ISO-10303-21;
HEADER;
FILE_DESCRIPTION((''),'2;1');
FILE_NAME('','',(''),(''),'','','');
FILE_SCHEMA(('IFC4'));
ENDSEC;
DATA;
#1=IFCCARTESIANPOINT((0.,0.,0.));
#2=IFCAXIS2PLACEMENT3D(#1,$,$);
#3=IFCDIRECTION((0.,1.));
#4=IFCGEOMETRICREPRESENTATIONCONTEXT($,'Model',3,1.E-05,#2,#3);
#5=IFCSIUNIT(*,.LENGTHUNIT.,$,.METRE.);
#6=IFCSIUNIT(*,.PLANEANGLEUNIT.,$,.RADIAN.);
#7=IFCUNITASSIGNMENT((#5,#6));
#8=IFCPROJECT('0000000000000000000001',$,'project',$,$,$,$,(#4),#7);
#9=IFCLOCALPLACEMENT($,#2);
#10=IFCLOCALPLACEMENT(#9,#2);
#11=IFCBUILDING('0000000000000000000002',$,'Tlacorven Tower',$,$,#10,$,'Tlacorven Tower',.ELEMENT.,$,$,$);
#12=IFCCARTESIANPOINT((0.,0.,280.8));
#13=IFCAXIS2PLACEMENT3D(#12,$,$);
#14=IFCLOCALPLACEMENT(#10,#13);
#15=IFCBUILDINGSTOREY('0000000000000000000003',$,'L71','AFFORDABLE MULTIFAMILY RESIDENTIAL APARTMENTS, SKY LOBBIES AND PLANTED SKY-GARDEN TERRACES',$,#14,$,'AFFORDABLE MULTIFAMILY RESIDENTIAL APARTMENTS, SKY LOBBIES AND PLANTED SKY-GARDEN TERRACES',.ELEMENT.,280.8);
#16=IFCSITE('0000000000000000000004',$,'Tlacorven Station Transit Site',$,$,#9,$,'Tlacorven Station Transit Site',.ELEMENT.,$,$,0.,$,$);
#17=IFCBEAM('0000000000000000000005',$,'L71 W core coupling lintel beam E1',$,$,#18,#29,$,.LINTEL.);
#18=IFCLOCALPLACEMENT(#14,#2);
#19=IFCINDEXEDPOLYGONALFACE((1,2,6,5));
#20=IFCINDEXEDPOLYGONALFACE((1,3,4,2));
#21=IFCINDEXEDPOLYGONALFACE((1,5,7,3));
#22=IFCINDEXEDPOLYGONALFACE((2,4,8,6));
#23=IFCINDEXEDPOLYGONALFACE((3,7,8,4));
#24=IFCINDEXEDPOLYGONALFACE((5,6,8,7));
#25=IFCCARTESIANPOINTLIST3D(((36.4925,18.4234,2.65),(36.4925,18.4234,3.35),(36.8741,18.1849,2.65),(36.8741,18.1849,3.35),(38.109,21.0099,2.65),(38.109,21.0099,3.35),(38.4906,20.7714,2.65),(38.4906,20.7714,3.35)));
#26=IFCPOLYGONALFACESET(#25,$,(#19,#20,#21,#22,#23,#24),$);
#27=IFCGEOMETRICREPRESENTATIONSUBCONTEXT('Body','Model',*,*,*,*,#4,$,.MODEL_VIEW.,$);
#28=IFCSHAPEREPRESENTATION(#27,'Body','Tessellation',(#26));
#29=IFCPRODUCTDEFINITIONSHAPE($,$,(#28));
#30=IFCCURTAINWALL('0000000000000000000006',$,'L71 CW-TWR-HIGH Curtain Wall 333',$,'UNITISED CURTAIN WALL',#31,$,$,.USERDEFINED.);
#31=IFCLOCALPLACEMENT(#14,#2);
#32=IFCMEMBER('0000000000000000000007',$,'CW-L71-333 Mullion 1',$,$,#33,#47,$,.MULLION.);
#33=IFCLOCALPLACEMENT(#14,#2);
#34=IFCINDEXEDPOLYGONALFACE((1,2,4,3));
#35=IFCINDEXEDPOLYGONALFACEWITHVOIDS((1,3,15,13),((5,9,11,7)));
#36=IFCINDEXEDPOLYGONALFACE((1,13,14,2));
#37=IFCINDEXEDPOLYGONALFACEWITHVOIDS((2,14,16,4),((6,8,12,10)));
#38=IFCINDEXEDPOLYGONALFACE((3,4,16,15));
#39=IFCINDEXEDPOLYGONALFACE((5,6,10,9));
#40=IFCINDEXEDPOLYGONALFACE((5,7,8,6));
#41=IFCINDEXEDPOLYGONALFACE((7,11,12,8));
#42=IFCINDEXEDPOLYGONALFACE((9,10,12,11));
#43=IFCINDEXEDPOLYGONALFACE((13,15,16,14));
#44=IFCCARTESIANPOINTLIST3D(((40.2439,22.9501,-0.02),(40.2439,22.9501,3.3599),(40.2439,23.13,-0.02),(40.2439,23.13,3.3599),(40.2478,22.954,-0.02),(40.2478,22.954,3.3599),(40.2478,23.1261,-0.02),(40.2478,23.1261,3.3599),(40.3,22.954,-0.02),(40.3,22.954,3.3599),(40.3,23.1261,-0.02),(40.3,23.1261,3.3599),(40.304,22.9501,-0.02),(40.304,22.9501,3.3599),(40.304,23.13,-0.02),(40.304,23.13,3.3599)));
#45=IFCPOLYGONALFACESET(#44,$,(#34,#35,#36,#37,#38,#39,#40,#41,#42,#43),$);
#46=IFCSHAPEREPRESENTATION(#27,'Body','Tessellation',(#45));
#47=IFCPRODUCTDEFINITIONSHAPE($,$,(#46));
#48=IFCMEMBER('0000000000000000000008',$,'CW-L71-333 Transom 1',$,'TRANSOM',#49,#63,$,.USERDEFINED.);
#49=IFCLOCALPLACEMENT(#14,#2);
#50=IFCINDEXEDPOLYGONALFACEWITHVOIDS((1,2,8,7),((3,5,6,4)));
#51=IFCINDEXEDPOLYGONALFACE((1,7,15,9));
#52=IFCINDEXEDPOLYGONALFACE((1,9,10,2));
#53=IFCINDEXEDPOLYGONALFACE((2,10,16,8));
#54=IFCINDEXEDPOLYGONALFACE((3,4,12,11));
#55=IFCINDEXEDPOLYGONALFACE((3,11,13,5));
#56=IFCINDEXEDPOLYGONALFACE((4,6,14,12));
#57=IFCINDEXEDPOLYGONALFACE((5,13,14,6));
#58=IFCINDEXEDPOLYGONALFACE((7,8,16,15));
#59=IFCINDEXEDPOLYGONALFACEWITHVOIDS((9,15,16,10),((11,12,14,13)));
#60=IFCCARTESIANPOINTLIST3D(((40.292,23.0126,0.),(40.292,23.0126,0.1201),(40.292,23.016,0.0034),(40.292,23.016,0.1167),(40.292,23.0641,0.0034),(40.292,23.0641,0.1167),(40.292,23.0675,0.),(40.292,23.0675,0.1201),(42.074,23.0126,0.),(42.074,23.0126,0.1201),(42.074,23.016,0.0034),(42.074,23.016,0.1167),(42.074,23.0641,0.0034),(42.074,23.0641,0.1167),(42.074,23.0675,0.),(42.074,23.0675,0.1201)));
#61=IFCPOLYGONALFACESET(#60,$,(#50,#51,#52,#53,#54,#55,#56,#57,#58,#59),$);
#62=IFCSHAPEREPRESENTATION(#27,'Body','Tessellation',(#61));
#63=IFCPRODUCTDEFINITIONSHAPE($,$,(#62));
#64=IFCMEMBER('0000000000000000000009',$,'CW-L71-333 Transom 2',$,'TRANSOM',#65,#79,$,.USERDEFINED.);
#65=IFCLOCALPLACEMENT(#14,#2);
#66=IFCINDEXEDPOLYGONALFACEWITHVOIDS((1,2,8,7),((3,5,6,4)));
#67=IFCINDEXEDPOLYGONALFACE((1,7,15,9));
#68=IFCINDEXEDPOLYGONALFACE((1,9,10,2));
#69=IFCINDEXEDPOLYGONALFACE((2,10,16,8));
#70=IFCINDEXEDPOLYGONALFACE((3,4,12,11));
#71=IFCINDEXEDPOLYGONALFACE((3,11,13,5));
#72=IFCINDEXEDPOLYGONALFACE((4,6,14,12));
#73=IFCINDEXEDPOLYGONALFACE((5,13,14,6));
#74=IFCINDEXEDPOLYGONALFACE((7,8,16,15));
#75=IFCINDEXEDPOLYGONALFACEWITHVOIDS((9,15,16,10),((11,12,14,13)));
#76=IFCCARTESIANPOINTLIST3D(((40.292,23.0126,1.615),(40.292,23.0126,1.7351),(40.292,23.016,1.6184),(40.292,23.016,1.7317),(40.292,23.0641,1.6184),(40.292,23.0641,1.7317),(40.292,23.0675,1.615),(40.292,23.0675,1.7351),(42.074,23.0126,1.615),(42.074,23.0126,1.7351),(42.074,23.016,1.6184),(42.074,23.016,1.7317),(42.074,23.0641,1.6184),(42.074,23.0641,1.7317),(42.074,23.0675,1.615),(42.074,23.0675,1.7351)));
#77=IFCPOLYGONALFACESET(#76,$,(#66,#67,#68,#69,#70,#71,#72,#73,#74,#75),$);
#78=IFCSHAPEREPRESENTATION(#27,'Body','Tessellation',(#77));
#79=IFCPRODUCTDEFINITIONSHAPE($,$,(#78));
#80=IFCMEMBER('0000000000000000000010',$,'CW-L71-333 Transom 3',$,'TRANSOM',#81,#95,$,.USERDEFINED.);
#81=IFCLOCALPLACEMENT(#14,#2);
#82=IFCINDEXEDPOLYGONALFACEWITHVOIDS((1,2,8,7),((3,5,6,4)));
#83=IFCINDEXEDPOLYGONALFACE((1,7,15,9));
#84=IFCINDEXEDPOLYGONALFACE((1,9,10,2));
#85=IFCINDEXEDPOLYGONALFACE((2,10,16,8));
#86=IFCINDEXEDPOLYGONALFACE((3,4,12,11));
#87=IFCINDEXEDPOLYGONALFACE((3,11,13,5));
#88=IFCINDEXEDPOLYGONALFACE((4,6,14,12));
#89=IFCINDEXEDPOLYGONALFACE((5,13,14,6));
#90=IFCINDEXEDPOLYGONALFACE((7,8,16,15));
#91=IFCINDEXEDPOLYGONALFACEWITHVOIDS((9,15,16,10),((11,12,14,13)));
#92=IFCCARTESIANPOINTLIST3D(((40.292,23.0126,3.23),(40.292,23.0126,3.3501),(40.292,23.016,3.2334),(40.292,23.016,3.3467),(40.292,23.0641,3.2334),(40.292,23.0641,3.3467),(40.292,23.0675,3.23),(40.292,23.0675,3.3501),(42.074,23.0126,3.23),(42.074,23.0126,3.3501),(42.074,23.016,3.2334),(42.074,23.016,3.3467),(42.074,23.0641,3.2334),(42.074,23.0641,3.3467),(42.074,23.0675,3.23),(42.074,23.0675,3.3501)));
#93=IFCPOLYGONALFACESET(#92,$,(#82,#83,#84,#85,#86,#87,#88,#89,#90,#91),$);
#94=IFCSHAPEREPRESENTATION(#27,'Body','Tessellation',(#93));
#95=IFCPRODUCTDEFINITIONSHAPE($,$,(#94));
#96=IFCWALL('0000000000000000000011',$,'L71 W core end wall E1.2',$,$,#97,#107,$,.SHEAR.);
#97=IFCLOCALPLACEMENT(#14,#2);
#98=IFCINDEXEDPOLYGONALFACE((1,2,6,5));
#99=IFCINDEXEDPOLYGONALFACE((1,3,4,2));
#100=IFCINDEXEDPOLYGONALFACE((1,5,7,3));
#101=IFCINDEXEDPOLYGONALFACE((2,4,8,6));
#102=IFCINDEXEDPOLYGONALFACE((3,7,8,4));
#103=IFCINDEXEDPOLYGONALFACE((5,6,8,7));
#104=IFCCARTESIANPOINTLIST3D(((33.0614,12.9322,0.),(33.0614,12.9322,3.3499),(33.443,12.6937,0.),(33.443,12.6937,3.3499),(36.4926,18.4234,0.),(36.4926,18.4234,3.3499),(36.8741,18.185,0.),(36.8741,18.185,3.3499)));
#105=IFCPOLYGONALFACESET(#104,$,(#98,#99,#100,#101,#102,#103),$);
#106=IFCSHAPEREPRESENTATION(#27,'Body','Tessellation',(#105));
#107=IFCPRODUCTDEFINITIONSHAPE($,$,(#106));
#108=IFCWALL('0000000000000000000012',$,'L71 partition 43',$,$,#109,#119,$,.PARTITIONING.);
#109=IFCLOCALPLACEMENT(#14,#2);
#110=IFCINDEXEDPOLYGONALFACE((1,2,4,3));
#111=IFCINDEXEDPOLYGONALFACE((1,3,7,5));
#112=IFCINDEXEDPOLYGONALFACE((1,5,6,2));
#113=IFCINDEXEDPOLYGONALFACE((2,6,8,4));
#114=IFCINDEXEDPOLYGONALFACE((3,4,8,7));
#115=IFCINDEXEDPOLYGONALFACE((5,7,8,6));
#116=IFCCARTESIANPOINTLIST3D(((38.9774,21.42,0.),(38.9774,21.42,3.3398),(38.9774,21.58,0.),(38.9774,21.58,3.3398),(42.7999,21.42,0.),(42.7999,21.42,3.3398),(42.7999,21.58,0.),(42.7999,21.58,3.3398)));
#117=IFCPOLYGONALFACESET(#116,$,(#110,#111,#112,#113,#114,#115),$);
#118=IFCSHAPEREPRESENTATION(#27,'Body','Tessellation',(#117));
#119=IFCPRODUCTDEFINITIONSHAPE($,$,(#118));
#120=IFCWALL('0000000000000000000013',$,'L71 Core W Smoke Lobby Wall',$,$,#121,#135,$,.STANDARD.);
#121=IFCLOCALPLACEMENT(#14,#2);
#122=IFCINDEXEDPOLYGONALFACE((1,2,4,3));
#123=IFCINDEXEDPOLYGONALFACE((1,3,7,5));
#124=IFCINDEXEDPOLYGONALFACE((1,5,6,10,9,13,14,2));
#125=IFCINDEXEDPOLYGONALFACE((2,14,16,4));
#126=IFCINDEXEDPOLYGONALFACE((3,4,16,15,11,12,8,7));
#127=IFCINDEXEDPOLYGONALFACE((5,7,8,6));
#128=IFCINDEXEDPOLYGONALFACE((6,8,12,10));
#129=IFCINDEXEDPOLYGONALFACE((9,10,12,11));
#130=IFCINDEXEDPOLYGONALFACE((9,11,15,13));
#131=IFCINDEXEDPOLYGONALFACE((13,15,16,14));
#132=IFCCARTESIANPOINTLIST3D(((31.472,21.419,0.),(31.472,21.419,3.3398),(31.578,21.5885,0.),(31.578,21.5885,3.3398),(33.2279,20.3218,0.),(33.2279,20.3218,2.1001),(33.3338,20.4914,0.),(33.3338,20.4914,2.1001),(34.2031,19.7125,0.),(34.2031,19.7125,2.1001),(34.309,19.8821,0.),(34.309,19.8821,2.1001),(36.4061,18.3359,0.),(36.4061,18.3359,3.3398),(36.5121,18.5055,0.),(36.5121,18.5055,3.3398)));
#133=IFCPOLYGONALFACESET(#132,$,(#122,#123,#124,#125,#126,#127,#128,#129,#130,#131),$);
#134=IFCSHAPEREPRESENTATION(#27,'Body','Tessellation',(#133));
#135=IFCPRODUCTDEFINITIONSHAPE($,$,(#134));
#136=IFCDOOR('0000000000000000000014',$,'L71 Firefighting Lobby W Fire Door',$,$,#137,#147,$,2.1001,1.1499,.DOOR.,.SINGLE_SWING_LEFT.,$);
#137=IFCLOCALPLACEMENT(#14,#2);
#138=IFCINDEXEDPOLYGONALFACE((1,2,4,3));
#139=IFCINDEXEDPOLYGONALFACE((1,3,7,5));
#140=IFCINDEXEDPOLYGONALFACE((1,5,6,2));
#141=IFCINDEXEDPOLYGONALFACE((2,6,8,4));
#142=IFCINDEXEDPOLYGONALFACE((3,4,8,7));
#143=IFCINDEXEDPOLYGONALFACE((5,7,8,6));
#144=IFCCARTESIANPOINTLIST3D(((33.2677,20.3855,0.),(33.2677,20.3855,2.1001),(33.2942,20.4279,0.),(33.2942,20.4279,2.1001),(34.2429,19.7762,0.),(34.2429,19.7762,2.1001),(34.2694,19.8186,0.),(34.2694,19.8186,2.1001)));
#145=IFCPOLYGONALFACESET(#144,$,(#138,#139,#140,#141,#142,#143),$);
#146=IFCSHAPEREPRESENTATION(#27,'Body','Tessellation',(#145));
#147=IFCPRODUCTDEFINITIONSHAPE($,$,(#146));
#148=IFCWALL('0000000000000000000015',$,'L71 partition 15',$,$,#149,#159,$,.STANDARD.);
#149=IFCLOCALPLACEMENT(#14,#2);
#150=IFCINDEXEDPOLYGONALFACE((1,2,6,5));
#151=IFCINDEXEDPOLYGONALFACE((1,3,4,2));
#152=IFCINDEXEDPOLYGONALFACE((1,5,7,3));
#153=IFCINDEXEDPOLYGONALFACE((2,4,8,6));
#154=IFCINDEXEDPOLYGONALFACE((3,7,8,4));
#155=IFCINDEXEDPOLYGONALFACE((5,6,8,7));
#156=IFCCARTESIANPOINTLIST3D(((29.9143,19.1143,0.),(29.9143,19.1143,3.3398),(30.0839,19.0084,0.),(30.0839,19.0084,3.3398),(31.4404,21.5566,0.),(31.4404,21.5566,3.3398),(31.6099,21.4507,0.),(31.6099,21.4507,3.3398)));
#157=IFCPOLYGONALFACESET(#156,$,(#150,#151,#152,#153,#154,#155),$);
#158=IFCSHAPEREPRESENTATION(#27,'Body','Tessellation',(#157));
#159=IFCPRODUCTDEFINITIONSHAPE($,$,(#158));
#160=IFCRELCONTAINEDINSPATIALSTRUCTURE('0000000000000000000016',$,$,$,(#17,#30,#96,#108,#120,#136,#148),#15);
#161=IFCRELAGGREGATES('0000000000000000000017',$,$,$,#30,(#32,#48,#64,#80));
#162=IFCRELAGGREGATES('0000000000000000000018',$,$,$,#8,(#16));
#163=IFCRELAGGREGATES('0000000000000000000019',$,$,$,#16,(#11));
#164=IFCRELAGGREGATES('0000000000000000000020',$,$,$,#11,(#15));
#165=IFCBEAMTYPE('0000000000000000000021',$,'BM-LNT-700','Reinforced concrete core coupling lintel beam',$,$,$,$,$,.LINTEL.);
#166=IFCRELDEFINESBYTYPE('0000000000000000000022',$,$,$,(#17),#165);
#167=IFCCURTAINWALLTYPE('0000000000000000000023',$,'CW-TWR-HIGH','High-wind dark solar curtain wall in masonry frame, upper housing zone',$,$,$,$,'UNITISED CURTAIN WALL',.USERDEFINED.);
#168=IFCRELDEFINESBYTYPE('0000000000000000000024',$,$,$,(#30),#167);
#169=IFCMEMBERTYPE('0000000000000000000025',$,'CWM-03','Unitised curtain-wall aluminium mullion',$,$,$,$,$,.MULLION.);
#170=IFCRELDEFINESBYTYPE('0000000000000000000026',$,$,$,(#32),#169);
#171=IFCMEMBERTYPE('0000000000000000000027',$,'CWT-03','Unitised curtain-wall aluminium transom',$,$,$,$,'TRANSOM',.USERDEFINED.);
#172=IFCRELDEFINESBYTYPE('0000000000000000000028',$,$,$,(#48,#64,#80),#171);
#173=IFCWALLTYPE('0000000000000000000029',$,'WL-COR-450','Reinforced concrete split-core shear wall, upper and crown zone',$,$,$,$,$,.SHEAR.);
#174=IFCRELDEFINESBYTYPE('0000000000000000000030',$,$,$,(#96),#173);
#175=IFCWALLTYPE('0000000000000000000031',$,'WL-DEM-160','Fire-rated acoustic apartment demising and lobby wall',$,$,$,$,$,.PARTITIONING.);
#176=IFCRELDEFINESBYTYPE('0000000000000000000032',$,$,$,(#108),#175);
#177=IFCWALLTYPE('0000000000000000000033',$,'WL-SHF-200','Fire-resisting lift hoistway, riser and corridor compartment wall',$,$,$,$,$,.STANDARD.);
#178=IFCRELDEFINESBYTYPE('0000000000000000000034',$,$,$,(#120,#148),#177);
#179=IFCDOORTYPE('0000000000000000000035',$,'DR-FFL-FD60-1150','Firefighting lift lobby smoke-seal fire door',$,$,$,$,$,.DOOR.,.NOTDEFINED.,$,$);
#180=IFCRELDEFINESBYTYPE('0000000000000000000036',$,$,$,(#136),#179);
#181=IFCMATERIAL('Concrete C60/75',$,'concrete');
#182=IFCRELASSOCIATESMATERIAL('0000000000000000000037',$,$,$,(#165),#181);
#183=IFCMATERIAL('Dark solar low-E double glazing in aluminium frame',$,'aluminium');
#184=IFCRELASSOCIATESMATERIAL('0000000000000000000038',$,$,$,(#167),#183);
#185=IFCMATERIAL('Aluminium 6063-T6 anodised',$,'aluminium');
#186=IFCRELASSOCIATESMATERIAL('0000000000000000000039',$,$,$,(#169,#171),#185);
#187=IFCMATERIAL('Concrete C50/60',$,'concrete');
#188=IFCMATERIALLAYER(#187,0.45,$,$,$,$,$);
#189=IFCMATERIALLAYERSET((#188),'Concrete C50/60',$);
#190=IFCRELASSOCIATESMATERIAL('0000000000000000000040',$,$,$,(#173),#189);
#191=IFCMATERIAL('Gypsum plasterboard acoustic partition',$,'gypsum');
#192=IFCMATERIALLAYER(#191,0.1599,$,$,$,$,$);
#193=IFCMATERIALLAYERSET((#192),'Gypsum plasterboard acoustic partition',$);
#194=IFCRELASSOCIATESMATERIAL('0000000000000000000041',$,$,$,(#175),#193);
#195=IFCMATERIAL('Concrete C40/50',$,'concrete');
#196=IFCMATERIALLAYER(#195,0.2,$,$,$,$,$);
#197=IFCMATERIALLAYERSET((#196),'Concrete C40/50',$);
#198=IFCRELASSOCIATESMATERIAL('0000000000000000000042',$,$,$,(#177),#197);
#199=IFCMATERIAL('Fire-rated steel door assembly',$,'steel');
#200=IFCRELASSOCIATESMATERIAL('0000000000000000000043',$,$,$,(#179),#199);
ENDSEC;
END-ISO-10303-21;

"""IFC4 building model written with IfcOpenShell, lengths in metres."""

from ifc_helpers import new_model, si_unit, direction, frame, frame_2d, origin, origin_2d, place, context, subcontext, project, spatial, rectangle, hollow_rectangle, extrude, source, transform, mapped, material, layer, layer_set, material_profile, profile_set, type_object, element, fill, aggregate, save


model = new_model("IFC4")

# Units and contexts
model_context = context("Model", 3, precision=1e-05, world=origin(), true_north=direction((0.0, 1.0)))
body_context = subcontext(model_context, "Body", "Model", "MODEL_VIEW")
ifc_project = project(units=[si_unit("LENGTHUNIT", "METRE"), si_unit("PLANEANGLEUNIT", "RADIAN")], contexts=[model_context])

# Site, building, storey
site_placement = place(None, origin())
site = spatial("IfcSite", under=ifc_project, at=site_placement, Name="Tlacorven Station Transit Site", LongName="Tlacorven Station Transit Site", CompositionType="ELEMENT", RefElevation=0.0)
building_placement = place(site_placement, origin())
building = spatial("IfcBuilding", under=site, at=building_placement, Name="Tlacorven Tower", LongName="Tlacorven Tower", CompositionType="ELEMENT")
storey_placement = place(building_placement, frame((0.0, 0.0, 280.8)))
storey = spatial("IfcBuildingStorey", under=building, at=storey_placement, Name="L71", Description="AFFORDABLE MULTIFAMILY RESIDENTIAL APARTMENTS, SKY LOBBIES AND PLANTED SKY-GARDEN TERRACES", LongName="AFFORDABLE MULTIFAMILY RESIDENTIAL APARTMENTS, SKY LOBBIES AND PLANTED SKY-GARDEN TERRACES", CompositionType="ELEMENT", Elevation=280.8)

# Beam
ifc_material_1 = material(Name="Concrete C60/75", Category="concrete")
ifc_material_profile_1 = material_profile(ifc_material_1, rectangle(XDim=0.45, YDim=0.7, at=origin_2d()), Name="RC 450X700")
ifc_profile_set_1 = profile_set([ifc_material_profile_1], Name="Concrete C60/75")
beam_type = type_object("IfcBeamType", Name="BM-LNT-700", Description="Reinforced concrete core coupling lintel beam", PredefinedType="LINTEL", material=ifc_profile_set_1)
shared_shape_1 = source(origin(), body_context, "Body", "SweptSolid", [
    extrude(rectangle(XDim=0.45, YDim=0.7, at=origin_2d()), origin(), (0.0, 0.0, 1.0), 3.05),
])
beam_placement = place(storey_placement, frame((38.2998, 20.8906, 3.0), z_axis=(-0.529985, -0.848007, 0.0), x_axis=(0.848007, -0.529985, 0.0)))
element("IfcBeam", 1, at=beam_placement, inside=storey, type_object=beam_type, Name="L71 W core coupling lintel beam E1", PredefinedType="LINTEL", context=body_context, shape_type="MappedRepresentation", body=[
    mapped(shared_shape_1, transform((0.0, 0.0, 0.0), scale=1.0)),
])

# Curtain wall, members
ifc_material_2 = material(Name="Dark solar low-E double glazing in aluminium frame", Category="aluminium")
curtain_wall_type = type_object("IfcCurtainWallType", Name="CW-TWR-HIGH", Description="High-wind dark solar curtain wall in masonry frame, upper housing zone", ElementType="UNITISED CURTAIN WALL", PredefinedType="USERDEFINED", material=ifc_material_2)
curtain_wall_placement = place(storey_placement, origin())
curtain_wall = element("IfcCurtainWall", 2, at=curtain_wall_placement, inside=storey, type_object=curtain_wall_type, Name="L71 CW-TWR-HIGH Curtain Wall 333", ObjectType="UNITISED CURTAIN WALL", PredefinedType="USERDEFINED")
ifc_material_3 = material(Name="Aluminium 6063-T6 anodised", Category="aluminium")
ifc_material_profile_2 = material_profile(ifc_material_3, hollow_rectangle(XDim=0.0601, YDim=0.1799, WallThickness=0.0039, at=origin_2d()), Name="ALU MULLION 60X180")
ifc_profile_set_2 = profile_set([ifc_material_profile_2], Name="Aluminium 6063-T6 anodised")
member_type_1 = type_object("IfcMemberType", Name="CWM-03", Description="Unitised curtain-wall aluminium mullion", PredefinedType="MULLION", material=ifc_profile_set_2)
shared_shape_2 = source(origin(), body_context, "Body", "SweptSolid", [
    extrude(hollow_rectangle(XDim=0.0601, YDim=0.1799, WallThickness=0.0039, at=origin_2d()), origin(), (0.0, 0.0, 1.0), 3.3799),
])
member_1_placement = place(storey_placement, frame((40.2739, 23.04, -0.02), z_axis=(0.0, 0.0, 1.0), x_axis=(1.0, 0.0, 0.0)))
member_1 = element("IfcMember", 3, at=member_1_placement, type_object=member_type_1, Name="CW-L71-333 Mullion 1", PredefinedType="MULLION", context=body_context, shape_type="MappedRepresentation", body=[
    mapped(shared_shape_2, transform((0.0, 0.0, 0.0), scale=1.0)),
])
ifc_material_profile_3 = material_profile(ifc_material_3, hollow_rectangle(XDim=0.0549, YDim=0.1201, WallThickness=0.0034, at=origin_2d()), Name="ALU TRANSOM 55X120")
ifc_profile_set_3 = profile_set([ifc_material_profile_3], Name="Aluminium 6063-T6 anodised")
member_type_2 = type_object("IfcMemberType", Name="CWT-03", Description="Unitised curtain-wall aluminium transom", ElementType="TRANSOM", PredefinedType="USERDEFINED", material=ifc_profile_set_3)
shared_shape_3 = source(origin(), body_context, "Body", "SweptSolid", [
    extrude(hollow_rectangle(XDim=0.0549, YDim=0.1201, WallThickness=0.0034, at=origin_2d()), origin(), (0.0, 0.0, 1.0), 1.782),
])
member_2_placement = place(storey_placement, frame((40.292, 23.04, 0.0601), z_axis=(1.0, 0.0, 0.0), x_axis=(0.0, 1.0, 0.0)))
member_2 = element("IfcMember", 4, at=member_2_placement, type_object=member_type_2, Name="CW-L71-333 Transom 1", ObjectType="TRANSOM", PredefinedType="USERDEFINED", context=body_context, shape_type="MappedRepresentation", body=[
    mapped(shared_shape_3, transform((0.0, 0.0, 0.0), scale=1.0)),
])
member_3_placement = place(storey_placement, frame((40.292, 23.04, 1.675), z_axis=(1.0, 0.0, 0.0), x_axis=(0.0, 1.0, 0.0)))
member_3 = element("IfcMember", 5, at=member_3_placement, type_object=member_type_2, Name="CW-L71-333 Transom 2", ObjectType="TRANSOM", PredefinedType="USERDEFINED", context=body_context, shape_type="MappedRepresentation", body=[
    mapped(shared_shape_3, transform((0.0, 0.0, 0.0), scale=1.0)),
])
member_4_placement = place(storey_placement, frame((40.292, 23.04, 3.29), z_axis=(1.0, 0.0, 0.0), x_axis=(0.0, 1.0, 0.0)))
member_4 = element("IfcMember", 6, at=member_4_placement, type_object=member_type_2, Name="CW-L71-333 Transom 3", ObjectType="TRANSOM", PredefinedType="USERDEFINED", context=body_context, shape_type="MappedRepresentation", body=[
    mapped(shared_shape_3, transform((0.0, 0.0, 0.0), scale=1.0)),
])
aggregate(curtain_wall, [member_1, member_2, member_3, member_4])

# Walls
ifc_material_4 = material(Name="Concrete C50/60", Category="concrete")
ifc_layer_1 = layer(ifc_material_4, 0.45)
ifc_layer_set_1 = layer_set([ifc_layer_1], Name="Concrete C50/60")
wall_type_1 = type_object("IfcWallType", Name="WL-COR-450", Description="Reinforced concrete split-core shear wall, upper and crown zone", PredefinedType="SHEAR", material=ifc_layer_set_1)
wall_1_placement = place(storey_placement, frame((36.6833, 18.3042, 0.0), z_axis=(0.0, 0.0, 1.0), x_axis=(-0.529904, -0.848058, 0.0)))
element("IfcWall", 7, at=wall_1_placement, inside=storey, type_object=wall_type_1, Name="L71 W core end wall E1.2", PredefinedType="SHEAR", context=body_context, shape_type="SweptSolid", body=[
    extrude(rectangle(XDim=6.4751, YDim=0.45, at=frame_2d((3.2375, 0.0))), origin(), (0.0, 0.0, 1.0), 3.3499),
])
ifc_material_5 = material(Name="Gypsum plasterboard acoustic partition", Category="gypsum")
ifc_layer_2 = layer(ifc_material_5, 0.1599)
ifc_layer_set_2 = layer_set([ifc_layer_2], Name="Gypsum plasterboard acoustic partition")
wall_type_2 = type_object("IfcWallType", Name="WL-DEM-160", Description="Fire-rated acoustic apartment demising and lobby wall", PredefinedType="PARTITIONING", material=ifc_layer_set_2)
wall_2_placement = place(storey_placement, frame((38.9775, 21.5, 0.0), z_axis=(0.0, 0.0, 1.0), x_axis=(1.0, 0.0, 0.0)))
element("IfcWall", 8, at=wall_2_placement, inside=storey, type_object=wall_type_2, Name="L71 partition 43", PredefinedType="PARTITIONING", context=body_context, shape_type="SweptSolid", body=[
    extrude(rectangle(XDim=3.8225, YDim=0.1599, at=frame_2d((1.9111, 0.0))), origin(), (0.0, 0.0, 1.0), 3.3398),
])

# Wall, opening, door
ifc_material_6 = material(Name="Concrete C40/50", Category="concrete")
ifc_layer_3 = layer(ifc_material_6, 0.2)
ifc_layer_set_3 = layer_set([ifc_layer_3], Name="Concrete C40/50")
wall_type_3 = type_object("IfcWallType", Name="WL-SHF-200", Description="Fire-resisting lift hoistway, riser and corridor compartment wall", PredefinedType="STANDARD", material=ifc_layer_set_3)
wall_3_placement = place(storey_placement, frame((36.4592, 18.4207, 0.0), z_axis=(0.0, 0.0, 1.0), x_axis=(-0.84806, 0.529901, 0.0)))
wall_3 = element("IfcWall", 9, at=wall_3_placement, inside=storey, type_object=wall_type_3, Name="L71 Core W Smoke Lobby Wall", PredefinedType="STANDARD", context=body_context, shape_type="SweptSolid", body=[
    extrude(rectangle(XDim=5.8181, YDim=0.2, at=frame_2d((2.9092, 0.0))), origin(), (0.0, 0.0, 1.0), 3.3398),
])
opening_1_placement = place(wall_3_placement, frame((2.5979, 0.0, 0.0)))
opening_1 = element("IfcOpeningElement", 10, at=opening_1_placement, cuts=wall_3, PredefinedType="OPENING", context=body_context, shape_type="SweptSolid", body=[
    extrude(rectangle(XDim=1.1499, YDim=2.1001, at=frame_2d((0.575, 1.05))), frame((0.0, 0.1099, 0.0), z_axis=(0.0, -1.0, 0.0), x_axis=(1.0, 0.0, 0.0)), (0.0, 0.0, 1.0), 0.22),
])
ifc_material_7 = material(Name="Fire-rated steel door assembly", Category="steel")
door_type_1 = type_object("IfcDoorType", Name="DR-FFL-FD60-1150", Description="Firefighting lift lobby smoke-seal fire door", OperationType="NOTDEFINED", PredefinedType="DOOR", material=ifc_material_7)
shared_shape_4 = source(origin(), body_context, "Body", "SweptSolid", [
    extrude(rectangle(XDim=1.1499, YDim=2.1001, at=frame_2d((0.575, 1.05))), frame((0.0, 0.0249, 0.0), z_axis=(0.0, -1.0, 0.0), x_axis=(1.0, 0.0, 0.0)), (0.0, 0.0, 1.0), 0.05),
])
door_1_placement = place(opening_1_placement, origin())
door_1 = element("IfcDoor", 11, at=door_1_placement, inside=storey, type_object=door_type_1, Name="L71 Firefighting Lobby W Fire Door", OperationType="SINGLE_SWING_LEFT", OverallHeight=2.1001, OverallWidth=1.1499, PredefinedType="DOOR", context=body_context, shape_type="MappedRepresentation", body=[
    mapped(shared_shape_4, transform((0.0, 0.0, 0.0), scale=1.0)),
])
fill(opening_1, door_1)

# Wall
wall_4_placement = place(storey_placement, frame((31.5251, 21.5037, 0.0), z_axis=(0.0, 0.0, 1.0), x_axis=(-0.529907, -0.848055, 0.0)))
element("IfcWall", 12, at=wall_4_placement, inside=storey, type_object=wall_type_3, Name="L71 partition 15", PredefinedType="STANDARD", context=body_context, shape_type="SweptSolid", body=[
    extrude(rectangle(XDim=2.8799, YDim=0.2, at=frame_2d((1.4399, 0.0))), origin(), (0.0, 0.0, 1.0), 3.3398),
])

save(model, "model.ifc")
